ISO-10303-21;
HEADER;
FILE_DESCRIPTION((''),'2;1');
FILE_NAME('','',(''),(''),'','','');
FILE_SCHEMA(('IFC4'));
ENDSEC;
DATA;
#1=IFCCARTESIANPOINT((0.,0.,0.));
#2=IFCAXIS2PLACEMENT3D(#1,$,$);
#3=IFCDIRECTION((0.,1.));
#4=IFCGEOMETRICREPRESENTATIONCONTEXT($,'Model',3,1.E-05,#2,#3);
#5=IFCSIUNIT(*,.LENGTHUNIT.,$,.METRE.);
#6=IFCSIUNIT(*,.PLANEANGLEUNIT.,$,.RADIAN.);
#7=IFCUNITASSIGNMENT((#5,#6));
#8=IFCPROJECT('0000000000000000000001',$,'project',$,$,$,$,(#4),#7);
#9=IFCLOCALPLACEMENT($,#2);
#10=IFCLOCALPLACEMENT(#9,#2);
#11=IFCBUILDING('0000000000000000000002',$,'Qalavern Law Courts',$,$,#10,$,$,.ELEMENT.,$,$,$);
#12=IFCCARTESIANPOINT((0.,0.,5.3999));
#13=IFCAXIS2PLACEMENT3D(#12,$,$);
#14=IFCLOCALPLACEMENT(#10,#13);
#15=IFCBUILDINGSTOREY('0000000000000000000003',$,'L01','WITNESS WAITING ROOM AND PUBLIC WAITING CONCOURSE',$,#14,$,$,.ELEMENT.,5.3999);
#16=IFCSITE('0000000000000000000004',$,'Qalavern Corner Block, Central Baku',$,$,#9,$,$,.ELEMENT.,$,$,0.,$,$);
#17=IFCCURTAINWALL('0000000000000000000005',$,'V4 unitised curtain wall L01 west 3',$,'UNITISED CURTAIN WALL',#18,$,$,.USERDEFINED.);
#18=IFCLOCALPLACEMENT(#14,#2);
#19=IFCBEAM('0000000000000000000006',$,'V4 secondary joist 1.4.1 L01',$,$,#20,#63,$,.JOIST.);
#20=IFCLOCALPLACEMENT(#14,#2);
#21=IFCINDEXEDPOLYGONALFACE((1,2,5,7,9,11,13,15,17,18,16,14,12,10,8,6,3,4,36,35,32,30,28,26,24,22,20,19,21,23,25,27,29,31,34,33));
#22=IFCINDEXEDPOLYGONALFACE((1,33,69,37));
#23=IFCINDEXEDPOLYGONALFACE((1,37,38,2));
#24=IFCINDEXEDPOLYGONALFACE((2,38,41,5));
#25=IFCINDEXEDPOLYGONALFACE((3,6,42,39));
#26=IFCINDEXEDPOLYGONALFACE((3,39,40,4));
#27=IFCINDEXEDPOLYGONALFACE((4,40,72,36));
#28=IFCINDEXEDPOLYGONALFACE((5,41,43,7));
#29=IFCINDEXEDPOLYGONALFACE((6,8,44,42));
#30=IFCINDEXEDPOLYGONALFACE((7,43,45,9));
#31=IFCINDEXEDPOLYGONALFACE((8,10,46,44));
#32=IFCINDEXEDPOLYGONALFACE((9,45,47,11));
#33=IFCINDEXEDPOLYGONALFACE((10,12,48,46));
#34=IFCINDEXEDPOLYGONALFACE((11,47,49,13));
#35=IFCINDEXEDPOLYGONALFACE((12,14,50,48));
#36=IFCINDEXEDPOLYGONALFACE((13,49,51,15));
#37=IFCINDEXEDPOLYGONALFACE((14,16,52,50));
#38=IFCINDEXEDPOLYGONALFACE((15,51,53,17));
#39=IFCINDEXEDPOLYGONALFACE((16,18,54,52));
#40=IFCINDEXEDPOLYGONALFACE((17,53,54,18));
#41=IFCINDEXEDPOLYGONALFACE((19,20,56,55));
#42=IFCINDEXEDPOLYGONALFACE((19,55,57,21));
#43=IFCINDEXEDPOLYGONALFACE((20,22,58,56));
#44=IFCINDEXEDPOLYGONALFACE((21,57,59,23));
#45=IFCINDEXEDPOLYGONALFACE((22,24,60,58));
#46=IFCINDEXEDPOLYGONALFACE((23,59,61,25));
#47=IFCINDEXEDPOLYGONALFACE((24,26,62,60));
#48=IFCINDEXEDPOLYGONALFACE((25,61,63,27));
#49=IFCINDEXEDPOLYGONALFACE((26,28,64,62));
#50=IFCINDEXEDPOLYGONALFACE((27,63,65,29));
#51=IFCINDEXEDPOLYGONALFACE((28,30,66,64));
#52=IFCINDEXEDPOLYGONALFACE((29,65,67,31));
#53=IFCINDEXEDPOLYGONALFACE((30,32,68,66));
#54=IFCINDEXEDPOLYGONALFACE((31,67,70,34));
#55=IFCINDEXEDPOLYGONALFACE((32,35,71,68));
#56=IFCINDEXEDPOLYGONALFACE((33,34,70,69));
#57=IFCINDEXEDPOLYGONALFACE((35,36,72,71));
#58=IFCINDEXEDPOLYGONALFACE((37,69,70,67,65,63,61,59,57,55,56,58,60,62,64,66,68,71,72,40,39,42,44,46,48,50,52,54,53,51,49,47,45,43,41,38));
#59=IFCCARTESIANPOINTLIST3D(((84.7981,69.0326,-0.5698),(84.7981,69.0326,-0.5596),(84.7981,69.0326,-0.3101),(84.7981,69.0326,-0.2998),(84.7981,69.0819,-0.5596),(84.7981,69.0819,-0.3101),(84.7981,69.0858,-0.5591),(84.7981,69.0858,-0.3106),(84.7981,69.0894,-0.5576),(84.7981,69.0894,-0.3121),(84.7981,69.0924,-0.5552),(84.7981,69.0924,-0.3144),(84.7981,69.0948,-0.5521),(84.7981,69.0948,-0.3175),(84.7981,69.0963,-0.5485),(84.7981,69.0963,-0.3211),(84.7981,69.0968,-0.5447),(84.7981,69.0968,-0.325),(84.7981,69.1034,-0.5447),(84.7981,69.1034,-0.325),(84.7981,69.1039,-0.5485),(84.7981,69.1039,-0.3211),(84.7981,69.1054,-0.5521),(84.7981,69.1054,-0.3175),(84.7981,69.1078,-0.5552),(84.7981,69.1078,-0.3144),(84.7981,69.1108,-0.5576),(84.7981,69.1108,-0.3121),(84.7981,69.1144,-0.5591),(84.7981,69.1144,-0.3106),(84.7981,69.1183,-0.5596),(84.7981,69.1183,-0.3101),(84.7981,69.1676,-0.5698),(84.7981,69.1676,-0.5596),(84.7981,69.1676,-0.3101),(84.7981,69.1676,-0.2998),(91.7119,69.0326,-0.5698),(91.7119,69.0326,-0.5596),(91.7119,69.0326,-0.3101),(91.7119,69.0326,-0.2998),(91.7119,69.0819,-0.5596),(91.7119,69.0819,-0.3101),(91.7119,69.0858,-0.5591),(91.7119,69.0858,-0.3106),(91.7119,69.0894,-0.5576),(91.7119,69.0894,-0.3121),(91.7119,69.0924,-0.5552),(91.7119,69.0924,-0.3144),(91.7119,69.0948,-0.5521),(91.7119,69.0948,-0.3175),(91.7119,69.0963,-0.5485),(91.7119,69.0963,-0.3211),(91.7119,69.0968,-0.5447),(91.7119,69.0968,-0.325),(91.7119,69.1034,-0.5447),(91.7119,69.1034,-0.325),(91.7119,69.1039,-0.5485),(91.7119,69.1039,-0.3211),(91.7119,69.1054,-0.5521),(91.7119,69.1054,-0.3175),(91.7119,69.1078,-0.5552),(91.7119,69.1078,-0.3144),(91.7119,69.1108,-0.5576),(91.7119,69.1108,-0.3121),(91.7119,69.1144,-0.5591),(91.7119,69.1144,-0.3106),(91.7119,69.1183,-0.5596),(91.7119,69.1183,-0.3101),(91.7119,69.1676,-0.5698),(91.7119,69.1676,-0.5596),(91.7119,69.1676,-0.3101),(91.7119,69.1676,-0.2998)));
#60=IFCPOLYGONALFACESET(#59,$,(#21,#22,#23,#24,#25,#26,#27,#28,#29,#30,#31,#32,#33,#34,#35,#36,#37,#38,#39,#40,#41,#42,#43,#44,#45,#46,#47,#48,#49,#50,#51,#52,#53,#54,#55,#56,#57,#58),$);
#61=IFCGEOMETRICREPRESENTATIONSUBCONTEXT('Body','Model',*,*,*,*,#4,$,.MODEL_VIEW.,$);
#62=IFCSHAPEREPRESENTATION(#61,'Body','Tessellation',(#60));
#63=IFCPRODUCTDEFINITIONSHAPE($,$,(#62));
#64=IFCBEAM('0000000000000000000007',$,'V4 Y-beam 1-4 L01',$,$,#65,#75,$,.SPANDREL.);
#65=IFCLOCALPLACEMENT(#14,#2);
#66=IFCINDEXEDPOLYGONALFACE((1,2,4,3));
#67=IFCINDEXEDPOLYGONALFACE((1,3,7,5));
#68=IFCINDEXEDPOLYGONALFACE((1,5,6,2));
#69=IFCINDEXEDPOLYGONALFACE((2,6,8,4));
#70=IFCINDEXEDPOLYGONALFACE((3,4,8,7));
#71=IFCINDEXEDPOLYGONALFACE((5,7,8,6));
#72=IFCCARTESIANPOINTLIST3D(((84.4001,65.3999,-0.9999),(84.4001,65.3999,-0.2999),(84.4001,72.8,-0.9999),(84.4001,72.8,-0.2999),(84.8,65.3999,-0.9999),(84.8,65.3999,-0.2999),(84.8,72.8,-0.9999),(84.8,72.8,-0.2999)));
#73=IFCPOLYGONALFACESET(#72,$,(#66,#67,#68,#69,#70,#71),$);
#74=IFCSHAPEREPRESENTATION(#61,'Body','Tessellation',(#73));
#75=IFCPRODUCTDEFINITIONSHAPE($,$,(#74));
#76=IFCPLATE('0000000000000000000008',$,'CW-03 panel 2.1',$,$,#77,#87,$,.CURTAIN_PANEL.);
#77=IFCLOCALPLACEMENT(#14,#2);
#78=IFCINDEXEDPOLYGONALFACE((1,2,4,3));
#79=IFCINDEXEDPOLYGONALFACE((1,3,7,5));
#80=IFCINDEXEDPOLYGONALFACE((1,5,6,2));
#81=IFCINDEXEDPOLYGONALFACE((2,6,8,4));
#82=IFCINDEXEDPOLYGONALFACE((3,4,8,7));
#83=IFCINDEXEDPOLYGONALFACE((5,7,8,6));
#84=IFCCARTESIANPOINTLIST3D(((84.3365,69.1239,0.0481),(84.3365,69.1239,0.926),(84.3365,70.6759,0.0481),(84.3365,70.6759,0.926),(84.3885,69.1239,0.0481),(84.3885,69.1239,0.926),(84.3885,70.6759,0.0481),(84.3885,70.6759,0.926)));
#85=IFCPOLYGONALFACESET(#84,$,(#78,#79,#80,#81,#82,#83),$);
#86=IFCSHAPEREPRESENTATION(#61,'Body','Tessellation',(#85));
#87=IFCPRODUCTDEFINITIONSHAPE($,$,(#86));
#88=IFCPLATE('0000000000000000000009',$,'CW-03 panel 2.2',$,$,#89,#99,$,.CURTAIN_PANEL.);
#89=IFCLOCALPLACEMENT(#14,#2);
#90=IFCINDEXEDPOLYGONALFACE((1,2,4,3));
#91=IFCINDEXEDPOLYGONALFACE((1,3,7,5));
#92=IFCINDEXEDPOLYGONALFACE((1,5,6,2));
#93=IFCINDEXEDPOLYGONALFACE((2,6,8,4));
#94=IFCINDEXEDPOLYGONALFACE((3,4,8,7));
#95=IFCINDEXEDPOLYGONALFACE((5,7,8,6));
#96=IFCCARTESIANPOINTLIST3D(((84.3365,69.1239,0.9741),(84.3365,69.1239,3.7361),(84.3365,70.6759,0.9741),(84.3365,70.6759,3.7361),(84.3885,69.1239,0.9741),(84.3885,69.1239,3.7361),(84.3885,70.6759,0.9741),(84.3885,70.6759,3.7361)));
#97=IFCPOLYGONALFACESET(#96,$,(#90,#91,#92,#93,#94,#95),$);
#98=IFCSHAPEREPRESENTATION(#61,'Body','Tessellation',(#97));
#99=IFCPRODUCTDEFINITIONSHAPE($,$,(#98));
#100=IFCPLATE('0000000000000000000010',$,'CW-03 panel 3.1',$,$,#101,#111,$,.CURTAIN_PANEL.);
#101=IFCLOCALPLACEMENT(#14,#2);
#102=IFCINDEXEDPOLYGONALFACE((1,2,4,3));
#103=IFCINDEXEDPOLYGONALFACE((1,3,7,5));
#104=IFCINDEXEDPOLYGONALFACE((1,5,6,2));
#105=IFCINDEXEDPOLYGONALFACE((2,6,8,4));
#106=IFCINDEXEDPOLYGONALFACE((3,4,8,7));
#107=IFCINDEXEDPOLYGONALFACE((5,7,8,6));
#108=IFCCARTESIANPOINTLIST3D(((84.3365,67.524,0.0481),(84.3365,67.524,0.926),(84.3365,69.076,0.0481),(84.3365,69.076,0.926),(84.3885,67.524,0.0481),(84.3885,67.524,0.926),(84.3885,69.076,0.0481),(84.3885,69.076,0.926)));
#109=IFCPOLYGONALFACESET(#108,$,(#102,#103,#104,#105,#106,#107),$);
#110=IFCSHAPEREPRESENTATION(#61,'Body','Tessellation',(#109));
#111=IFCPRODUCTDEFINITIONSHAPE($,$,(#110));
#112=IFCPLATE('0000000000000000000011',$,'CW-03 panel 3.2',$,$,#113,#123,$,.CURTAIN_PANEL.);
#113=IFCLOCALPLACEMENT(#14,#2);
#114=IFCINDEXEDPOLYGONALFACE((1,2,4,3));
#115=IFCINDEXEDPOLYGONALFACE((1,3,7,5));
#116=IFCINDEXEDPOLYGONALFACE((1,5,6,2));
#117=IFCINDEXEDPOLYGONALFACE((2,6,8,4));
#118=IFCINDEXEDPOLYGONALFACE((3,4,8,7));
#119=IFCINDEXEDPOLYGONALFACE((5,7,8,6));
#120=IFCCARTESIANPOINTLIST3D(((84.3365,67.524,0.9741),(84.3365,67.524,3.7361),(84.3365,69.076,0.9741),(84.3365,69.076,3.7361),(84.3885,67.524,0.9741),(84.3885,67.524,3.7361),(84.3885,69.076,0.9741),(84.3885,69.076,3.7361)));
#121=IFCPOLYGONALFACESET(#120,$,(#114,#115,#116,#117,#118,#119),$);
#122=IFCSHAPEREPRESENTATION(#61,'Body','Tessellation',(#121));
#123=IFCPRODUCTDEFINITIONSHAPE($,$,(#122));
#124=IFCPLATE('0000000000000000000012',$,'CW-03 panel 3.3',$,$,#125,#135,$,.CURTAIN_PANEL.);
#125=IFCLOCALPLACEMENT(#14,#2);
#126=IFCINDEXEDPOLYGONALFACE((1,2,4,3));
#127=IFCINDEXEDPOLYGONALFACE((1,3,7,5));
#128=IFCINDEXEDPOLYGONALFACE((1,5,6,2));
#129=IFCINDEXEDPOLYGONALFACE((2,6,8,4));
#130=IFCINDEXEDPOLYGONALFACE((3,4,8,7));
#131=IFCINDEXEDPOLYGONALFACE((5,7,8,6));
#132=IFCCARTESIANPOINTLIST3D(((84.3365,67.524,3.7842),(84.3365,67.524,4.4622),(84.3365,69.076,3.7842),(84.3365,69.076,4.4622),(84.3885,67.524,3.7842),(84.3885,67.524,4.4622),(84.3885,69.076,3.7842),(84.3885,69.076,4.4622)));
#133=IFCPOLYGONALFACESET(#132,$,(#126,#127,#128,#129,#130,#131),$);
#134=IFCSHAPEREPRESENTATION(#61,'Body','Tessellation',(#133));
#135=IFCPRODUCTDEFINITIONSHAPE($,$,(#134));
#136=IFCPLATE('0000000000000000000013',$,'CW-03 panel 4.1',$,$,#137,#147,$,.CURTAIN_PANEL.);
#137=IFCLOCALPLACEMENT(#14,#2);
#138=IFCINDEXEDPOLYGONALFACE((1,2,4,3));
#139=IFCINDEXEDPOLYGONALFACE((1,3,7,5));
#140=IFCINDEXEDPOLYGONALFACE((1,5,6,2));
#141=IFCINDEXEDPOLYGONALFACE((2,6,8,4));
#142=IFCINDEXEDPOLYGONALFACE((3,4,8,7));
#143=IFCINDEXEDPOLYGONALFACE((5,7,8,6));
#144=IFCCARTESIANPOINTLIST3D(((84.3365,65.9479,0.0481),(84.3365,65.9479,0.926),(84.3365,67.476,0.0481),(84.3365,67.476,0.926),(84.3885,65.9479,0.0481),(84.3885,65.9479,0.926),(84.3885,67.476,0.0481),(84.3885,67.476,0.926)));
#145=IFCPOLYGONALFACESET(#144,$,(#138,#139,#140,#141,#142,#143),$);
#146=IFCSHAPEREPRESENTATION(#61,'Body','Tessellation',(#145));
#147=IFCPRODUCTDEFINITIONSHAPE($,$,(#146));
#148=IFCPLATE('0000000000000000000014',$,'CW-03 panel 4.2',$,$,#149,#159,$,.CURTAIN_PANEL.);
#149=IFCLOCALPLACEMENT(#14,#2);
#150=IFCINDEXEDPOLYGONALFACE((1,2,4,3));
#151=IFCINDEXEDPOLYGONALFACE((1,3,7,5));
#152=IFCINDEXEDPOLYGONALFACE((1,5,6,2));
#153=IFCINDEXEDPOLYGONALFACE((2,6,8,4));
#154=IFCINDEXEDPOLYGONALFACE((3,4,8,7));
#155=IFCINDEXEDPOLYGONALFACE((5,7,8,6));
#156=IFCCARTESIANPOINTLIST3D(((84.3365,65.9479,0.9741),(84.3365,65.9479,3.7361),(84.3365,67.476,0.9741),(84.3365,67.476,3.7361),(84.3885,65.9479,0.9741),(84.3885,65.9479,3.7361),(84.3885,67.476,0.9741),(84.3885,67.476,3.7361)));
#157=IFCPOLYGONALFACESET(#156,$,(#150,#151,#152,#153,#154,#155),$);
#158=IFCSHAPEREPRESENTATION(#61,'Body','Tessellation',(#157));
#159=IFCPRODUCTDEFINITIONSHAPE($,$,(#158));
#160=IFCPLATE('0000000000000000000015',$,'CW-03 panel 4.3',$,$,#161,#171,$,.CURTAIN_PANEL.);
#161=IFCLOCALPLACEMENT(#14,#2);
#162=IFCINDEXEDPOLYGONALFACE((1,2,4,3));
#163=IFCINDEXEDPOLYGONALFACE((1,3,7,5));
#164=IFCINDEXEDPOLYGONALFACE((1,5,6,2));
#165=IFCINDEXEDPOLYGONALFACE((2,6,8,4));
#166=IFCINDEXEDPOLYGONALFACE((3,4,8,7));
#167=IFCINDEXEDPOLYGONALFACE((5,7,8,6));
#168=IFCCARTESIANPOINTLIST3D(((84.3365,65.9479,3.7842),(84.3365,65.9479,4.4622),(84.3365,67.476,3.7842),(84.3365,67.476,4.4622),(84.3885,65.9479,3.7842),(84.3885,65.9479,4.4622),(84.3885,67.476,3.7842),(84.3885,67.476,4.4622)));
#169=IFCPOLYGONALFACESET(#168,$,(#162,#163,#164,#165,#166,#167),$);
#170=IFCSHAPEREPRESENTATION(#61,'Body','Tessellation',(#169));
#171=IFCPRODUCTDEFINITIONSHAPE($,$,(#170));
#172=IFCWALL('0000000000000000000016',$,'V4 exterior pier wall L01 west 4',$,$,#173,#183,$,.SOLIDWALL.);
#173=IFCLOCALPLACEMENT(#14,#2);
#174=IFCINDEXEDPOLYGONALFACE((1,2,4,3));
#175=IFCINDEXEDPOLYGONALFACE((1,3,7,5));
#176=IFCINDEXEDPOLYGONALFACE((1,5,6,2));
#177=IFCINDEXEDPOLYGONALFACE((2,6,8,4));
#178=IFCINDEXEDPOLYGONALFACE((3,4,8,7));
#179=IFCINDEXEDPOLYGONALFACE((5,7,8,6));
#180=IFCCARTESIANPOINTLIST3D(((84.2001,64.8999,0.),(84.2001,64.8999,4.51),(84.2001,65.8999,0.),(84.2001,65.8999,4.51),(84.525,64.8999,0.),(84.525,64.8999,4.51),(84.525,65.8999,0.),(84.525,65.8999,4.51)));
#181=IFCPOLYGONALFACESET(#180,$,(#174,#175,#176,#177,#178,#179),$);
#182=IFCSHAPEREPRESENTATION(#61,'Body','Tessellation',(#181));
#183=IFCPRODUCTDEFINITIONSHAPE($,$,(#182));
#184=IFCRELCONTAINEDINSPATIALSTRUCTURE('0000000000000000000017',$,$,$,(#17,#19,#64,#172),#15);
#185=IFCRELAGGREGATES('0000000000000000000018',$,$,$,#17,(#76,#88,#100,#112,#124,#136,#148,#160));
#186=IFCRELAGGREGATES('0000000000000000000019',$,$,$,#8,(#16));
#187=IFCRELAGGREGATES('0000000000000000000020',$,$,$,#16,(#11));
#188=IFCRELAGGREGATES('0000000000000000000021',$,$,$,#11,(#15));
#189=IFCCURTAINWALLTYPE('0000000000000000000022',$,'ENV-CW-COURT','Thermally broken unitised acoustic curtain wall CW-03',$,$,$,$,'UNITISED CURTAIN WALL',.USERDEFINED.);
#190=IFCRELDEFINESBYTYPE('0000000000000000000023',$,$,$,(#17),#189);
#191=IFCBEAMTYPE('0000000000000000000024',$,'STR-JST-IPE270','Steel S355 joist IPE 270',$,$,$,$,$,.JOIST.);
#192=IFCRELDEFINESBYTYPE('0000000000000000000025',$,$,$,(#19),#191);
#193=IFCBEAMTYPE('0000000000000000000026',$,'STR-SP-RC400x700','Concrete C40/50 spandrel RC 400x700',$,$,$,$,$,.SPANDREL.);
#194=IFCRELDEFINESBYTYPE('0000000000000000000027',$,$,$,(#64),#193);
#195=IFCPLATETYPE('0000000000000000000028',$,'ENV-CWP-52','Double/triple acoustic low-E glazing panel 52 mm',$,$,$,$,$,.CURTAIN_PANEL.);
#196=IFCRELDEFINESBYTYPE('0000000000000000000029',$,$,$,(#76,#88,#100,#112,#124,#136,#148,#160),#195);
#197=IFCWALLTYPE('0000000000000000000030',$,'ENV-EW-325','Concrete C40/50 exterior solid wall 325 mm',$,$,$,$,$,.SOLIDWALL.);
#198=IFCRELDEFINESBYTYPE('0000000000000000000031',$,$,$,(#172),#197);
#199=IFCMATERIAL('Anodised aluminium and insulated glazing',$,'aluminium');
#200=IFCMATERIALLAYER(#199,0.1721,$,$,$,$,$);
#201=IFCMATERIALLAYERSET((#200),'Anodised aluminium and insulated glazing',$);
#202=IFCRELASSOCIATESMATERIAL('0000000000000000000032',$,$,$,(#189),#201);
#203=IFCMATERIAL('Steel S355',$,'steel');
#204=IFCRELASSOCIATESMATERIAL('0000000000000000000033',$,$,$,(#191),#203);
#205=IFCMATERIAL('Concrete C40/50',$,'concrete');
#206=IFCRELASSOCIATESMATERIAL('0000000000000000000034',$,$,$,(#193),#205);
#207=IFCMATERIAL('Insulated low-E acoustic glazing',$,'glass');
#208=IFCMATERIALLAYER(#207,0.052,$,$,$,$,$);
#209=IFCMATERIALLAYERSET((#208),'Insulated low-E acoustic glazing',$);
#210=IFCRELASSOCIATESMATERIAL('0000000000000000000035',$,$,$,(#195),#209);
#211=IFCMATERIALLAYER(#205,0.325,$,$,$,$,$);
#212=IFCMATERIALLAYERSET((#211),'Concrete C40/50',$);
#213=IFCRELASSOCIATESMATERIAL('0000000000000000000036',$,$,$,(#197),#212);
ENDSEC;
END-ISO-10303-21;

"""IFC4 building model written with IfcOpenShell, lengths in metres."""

from ifc_helpers import new_model, si_unit, direction, frame, frame_2d, origin, origin_2d, place, context, subcontext, project, spatial, rectangle, i_section, extrude, material, layer, layer_set, material_profile, profile_set, type_object, element, aggregate, save


model = new_model("IFC4")

# Units and contexts
model_context = context("Model", 3, precision=1e-05, world=origin(), true_north=direction((0.0, 1.0)))
body_context = subcontext(model_context, "Body", "Model", "MODEL_VIEW")
ifc_project = project(units=[si_unit("LENGTHUNIT", "METRE"), si_unit("PLANEANGLEUNIT", "RADIAN")], contexts=[model_context])

# Site, building, storey
site_placement = place(None, origin())
site = spatial("IfcSite", under=ifc_project, at=site_placement, Name="Qalavern Corner Block, Central Baku", CompositionType="ELEMENT", RefElevation=0.0)
building_placement = place(site_placement, origin())
building = spatial("IfcBuilding", under=site, at=building_placement, Name="Qalavern Law Courts", CompositionType="ELEMENT")
storey_placement = place(building_placement, frame((0.0, 0.0, 5.3999)))
storey = spatial("IfcBuildingStorey", under=building, at=storey_placement, Name="L01", Description="WITNESS WAITING ROOM AND PUBLIC WAITING CONCOURSE", CompositionType="ELEMENT", Elevation=5.3999)

# Curtain wall
ifc_material_1 = material(Name="Anodised aluminium and insulated glazing", Category="aluminium")
ifc_layer_1 = layer(ifc_material_1, 0.1721)
ifc_layer_set_1 = layer_set([ifc_layer_1], Name="Anodised aluminium and insulated glazing")
curtain_wall_type = type_object("IfcCurtainWallType", Name="ENV-CW-COURT", Description="Thermally broken unitised acoustic curtain wall CW-03", ElementType="UNITISED CURTAIN WALL", PredefinedType="USERDEFINED", material=ifc_layer_set_1)
curtain_wall_placement = place(storey_placement, origin())
curtain_wall = element("IfcCurtainWall", 1, at=curtain_wall_placement, inside=storey, type_object=curtain_wall_type, Name="V4 unitised curtain wall L01 west 3", ObjectType="UNITISED CURTAIN WALL", PredefinedType="USERDEFINED")

# Beams
ifc_material_2 = material(Name="Steel S355", Category="steel")
ifc_material_profile_1 = material_profile(ifc_material_2, i_section(OverallWidth=0.135, OverallDepth=0.27, WebThickness=0.0066, FlangeThickness=0.0103, FilletRadius=0.0149, at=origin_2d()), Name="IPE 270")
ifc_profile_set_1 = profile_set([ifc_material_profile_1], Name="Steel S355")
beam_type_1 = type_object("IfcBeamType", Name="STR-JST-IPE270", Description="Steel S355 joist IPE 270", PredefinedType="JOIST", material=ifc_profile_set_1)
beam_1_placement = place(storey_placement, frame((84.7981, 69.1001, -0.4348), z_axis=(1.0, 0.0, 0.0), x_axis=(0.0, 1.0, 0.0)))
element("IfcBeam", 2, at=beam_1_placement, inside=storey, type_object=beam_type_1, Name="V4 secondary joist 1.4.1 L01", PredefinedType="JOIST", context=body_context, shape_type="SweptSolid", body=[
    extrude(i_section(OverallWidth=0.135, OverallDepth=0.27, WebThickness=0.0066, FlangeThickness=0.0103, FilletRadius=0.0149, at=origin_2d()), origin(), (0.0, 0.0, 1.0), 6.9138),
])
ifc_material_3 = material(Name="Concrete C40/50", Category="concrete")
ifc_material_profile_2 = material_profile(ifc_material_3, rectangle(XDim=0.3999, YDim=0.7, at=origin_2d()), Name="RC 400x700")
ifc_profile_set_2 = profile_set([ifc_material_profile_2], Name="Concrete C40/50")
beam_type_2 = type_object("IfcBeamType", Name="STR-SP-RC400x700", Description="Concrete C40/50 spandrel RC 400x700", PredefinedType="SPANDREL", material=ifc_profile_set_2)
beam_2_placement = place(storey_placement, frame((84.6001, 65.3999, -0.6499), z_axis=(0.0, 1.0, 0.0), x_axis=(-1.0, 0.0, 0.0)))
element("IfcBeam", 3, at=beam_2_placement, inside=storey, type_object=beam_type_2, Name="V4 Y-beam 1-4 L01", PredefinedType="SPANDREL", context=body_context, shape_type="SweptSolid", body=[
    extrude(rectangle(XDim=0.3999, YDim=0.7, at=origin_2d()), origin(), (0.0, 0.0, 1.0), 7.4001),
])

# Plates
ifc_material_4 = material(Name="Insulated low-E acoustic glazing", Category="glass")
ifc_layer_2 = layer(ifc_material_4, 0.052)
ifc_layer_set_2 = layer_set([ifc_layer_2], Name="Insulated low-E acoustic glazing")
plate_type = type_object("IfcPlateType", Name="ENV-CWP-52", Description="Double/triple acoustic low-E glazing panel 52 mm", PredefinedType="CURTAIN_PANEL", material=ifc_layer_set_2)
plate_1_placement = place(storey_placement, frame((84.3625, 69.8999, 0.0481), z_axis=(0.0, 0.0, 1.0), x_axis=(0.0, -1.0, 0.0)))
plate_1 = element("IfcPlate", 4, at=plate_1_placement, type_object=plate_type, Name="CW-03 panel 2.1", PredefinedType="CURTAIN_PANEL", context=body_context, shape_type="SweptSolid", body=[
    extrude(rectangle(XDim=1.552, YDim=0.052, at=origin_2d()), origin(), (0.0, 0.0, 1.0), 0.8779),
])
plate_2_placement = place(storey_placement, frame((84.3625, 69.8999, 0.9741), z_axis=(0.0, 0.0, 1.0), x_axis=(0.0, -1.0, 0.0)))
plate_2 = element("IfcPlate", 5, at=plate_2_placement, type_object=plate_type, Name="CW-03 panel 2.2", PredefinedType="CURTAIN_PANEL", context=body_context, shape_type="SweptSolid", body=[
    extrude(rectangle(XDim=1.552, YDim=0.052, at=origin_2d()), origin(), (0.0, 0.0, 1.0), 2.762),
])
plate_3_placement = place(storey_placement, frame((84.3625, 68.3, 0.0481), z_axis=(0.0, 0.0, 1.0), x_axis=(0.0, -1.0, 0.0)))
plate_3 = element("IfcPlate", 6, at=plate_3_placement, type_object=plate_type, Name="CW-03 panel 3.1", PredefinedType="CURTAIN_PANEL", context=body_context, shape_type="SweptSolid", body=[
    extrude(rectangle(XDim=1.552, YDim=0.052, at=origin_2d()), origin(), (0.0, 0.0, 1.0), 0.8779),
])
plate_4_placement = place(storey_placement, frame((84.3625, 68.3, 0.9741), z_axis=(0.0, 0.0, 1.0), x_axis=(0.0, -1.0, 0.0)))
plate_4 = element("IfcPlate", 7, at=plate_4_placement, type_object=plate_type, Name="CW-03 panel 3.2", PredefinedType="CURTAIN_PANEL", context=body_context, shape_type="SweptSolid", body=[
    extrude(rectangle(XDim=1.552, YDim=0.052, at=origin_2d()), origin(), (0.0, 0.0, 1.0), 2.762),
])
plate_5_placement = place(storey_placement, frame((84.3625, 68.3, 3.7842), z_axis=(0.0, 0.0, 1.0), x_axis=(0.0, -1.0, 0.0)))
plate_5 = element("IfcPlate", 8, at=plate_5_placement, type_object=plate_type, Name="CW-03 panel 3.3", PredefinedType="CURTAIN_PANEL", context=body_context, shape_type="SweptSolid", body=[
    extrude(rectangle(XDim=1.552, YDim=0.052, at=origin_2d()), origin(), (0.0, 0.0, 1.0), 0.678),
])
plate_6_placement = place(storey_placement, frame((84.3625, 66.7119, 0.0481), z_axis=(0.0, 0.0, 1.0), x_axis=(0.0, -1.0, 0.0)))
plate_6 = element("IfcPlate", 9, at=plate_6_placement, type_object=plate_type, Name="CW-03 panel 4.1", PredefinedType="CURTAIN_PANEL", context=body_context, shape_type="SweptSolid", body=[
    extrude(rectangle(XDim=1.5281, YDim=0.052, at=origin_2d()), origin(), (0.0, 0.0, 1.0), 0.8779),
])
plate_7_placement = place(storey_placement, frame((84.3625, 66.7119, 0.9741), z_axis=(0.0, 0.0, 1.0), x_axis=(0.0, -1.0, 0.0)))
plate_7 = element("IfcPlate", 10, at=plate_7_placement, type_object=plate_type, Name="CW-03 panel 4.2", PredefinedType="CURTAIN_PANEL", context=body_context, shape_type="SweptSolid", body=[
    extrude(rectangle(XDim=1.5281, YDim=0.052, at=origin_2d()), origin(), (0.0, 0.0, 1.0), 2.762),
])
plate_8_placement = place(storey_placement, frame((84.3625, 66.7119, 3.7842), z_axis=(0.0, 0.0, 1.0), x_axis=(0.0, -1.0, 0.0)))
plate_8 = element("IfcPlate", 11, at=plate_8_placement, type_object=plate_type, Name="CW-03 panel 4.3", PredefinedType="CURTAIN_PANEL", context=body_context, shape_type="SweptSolid", body=[
    extrude(rectangle(XDim=1.5281, YDim=0.052, at=origin_2d()), origin(), (0.0, 0.0, 1.0), 0.678),
])
aggregate(curtain_wall, [plate_1, plate_2, plate_3, plate_4, plate_5, plate_6, plate_7, plate_8])

# Wall
ifc_layer_3 = layer(ifc_material_3, 0.325)
ifc_layer_set_3 = layer_set([ifc_layer_3], Name="Concrete C40/50")
wall_type = type_object("IfcWallType", Name="ENV-EW-325", Description="Concrete C40/50 exterior solid wall 325 mm", PredefinedType="SOLIDWALL", material=ifc_layer_set_3)
wall_placement = place(storey_placement, frame((84.3625, 65.8999, 0.0), z_axis=(0.0, 0.0, 1.0), x_axis=(0.0, -1.0, 0.0)))
element("IfcWall", 12, at=wall_placement, inside=storey, type_object=wall_type, Name="V4 exterior pier wall L01 west 4", PredefinedType="SOLIDWALL", context=body_context, shape_type="SweptSolid", body=[
    extrude(rectangle(XDim=1.0, YDim=0.325, at=frame_2d((0.5, 0.0))), origin(), (0.0, 0.0, 1.0), 4.51),
])

save(model, "model.ifc")
